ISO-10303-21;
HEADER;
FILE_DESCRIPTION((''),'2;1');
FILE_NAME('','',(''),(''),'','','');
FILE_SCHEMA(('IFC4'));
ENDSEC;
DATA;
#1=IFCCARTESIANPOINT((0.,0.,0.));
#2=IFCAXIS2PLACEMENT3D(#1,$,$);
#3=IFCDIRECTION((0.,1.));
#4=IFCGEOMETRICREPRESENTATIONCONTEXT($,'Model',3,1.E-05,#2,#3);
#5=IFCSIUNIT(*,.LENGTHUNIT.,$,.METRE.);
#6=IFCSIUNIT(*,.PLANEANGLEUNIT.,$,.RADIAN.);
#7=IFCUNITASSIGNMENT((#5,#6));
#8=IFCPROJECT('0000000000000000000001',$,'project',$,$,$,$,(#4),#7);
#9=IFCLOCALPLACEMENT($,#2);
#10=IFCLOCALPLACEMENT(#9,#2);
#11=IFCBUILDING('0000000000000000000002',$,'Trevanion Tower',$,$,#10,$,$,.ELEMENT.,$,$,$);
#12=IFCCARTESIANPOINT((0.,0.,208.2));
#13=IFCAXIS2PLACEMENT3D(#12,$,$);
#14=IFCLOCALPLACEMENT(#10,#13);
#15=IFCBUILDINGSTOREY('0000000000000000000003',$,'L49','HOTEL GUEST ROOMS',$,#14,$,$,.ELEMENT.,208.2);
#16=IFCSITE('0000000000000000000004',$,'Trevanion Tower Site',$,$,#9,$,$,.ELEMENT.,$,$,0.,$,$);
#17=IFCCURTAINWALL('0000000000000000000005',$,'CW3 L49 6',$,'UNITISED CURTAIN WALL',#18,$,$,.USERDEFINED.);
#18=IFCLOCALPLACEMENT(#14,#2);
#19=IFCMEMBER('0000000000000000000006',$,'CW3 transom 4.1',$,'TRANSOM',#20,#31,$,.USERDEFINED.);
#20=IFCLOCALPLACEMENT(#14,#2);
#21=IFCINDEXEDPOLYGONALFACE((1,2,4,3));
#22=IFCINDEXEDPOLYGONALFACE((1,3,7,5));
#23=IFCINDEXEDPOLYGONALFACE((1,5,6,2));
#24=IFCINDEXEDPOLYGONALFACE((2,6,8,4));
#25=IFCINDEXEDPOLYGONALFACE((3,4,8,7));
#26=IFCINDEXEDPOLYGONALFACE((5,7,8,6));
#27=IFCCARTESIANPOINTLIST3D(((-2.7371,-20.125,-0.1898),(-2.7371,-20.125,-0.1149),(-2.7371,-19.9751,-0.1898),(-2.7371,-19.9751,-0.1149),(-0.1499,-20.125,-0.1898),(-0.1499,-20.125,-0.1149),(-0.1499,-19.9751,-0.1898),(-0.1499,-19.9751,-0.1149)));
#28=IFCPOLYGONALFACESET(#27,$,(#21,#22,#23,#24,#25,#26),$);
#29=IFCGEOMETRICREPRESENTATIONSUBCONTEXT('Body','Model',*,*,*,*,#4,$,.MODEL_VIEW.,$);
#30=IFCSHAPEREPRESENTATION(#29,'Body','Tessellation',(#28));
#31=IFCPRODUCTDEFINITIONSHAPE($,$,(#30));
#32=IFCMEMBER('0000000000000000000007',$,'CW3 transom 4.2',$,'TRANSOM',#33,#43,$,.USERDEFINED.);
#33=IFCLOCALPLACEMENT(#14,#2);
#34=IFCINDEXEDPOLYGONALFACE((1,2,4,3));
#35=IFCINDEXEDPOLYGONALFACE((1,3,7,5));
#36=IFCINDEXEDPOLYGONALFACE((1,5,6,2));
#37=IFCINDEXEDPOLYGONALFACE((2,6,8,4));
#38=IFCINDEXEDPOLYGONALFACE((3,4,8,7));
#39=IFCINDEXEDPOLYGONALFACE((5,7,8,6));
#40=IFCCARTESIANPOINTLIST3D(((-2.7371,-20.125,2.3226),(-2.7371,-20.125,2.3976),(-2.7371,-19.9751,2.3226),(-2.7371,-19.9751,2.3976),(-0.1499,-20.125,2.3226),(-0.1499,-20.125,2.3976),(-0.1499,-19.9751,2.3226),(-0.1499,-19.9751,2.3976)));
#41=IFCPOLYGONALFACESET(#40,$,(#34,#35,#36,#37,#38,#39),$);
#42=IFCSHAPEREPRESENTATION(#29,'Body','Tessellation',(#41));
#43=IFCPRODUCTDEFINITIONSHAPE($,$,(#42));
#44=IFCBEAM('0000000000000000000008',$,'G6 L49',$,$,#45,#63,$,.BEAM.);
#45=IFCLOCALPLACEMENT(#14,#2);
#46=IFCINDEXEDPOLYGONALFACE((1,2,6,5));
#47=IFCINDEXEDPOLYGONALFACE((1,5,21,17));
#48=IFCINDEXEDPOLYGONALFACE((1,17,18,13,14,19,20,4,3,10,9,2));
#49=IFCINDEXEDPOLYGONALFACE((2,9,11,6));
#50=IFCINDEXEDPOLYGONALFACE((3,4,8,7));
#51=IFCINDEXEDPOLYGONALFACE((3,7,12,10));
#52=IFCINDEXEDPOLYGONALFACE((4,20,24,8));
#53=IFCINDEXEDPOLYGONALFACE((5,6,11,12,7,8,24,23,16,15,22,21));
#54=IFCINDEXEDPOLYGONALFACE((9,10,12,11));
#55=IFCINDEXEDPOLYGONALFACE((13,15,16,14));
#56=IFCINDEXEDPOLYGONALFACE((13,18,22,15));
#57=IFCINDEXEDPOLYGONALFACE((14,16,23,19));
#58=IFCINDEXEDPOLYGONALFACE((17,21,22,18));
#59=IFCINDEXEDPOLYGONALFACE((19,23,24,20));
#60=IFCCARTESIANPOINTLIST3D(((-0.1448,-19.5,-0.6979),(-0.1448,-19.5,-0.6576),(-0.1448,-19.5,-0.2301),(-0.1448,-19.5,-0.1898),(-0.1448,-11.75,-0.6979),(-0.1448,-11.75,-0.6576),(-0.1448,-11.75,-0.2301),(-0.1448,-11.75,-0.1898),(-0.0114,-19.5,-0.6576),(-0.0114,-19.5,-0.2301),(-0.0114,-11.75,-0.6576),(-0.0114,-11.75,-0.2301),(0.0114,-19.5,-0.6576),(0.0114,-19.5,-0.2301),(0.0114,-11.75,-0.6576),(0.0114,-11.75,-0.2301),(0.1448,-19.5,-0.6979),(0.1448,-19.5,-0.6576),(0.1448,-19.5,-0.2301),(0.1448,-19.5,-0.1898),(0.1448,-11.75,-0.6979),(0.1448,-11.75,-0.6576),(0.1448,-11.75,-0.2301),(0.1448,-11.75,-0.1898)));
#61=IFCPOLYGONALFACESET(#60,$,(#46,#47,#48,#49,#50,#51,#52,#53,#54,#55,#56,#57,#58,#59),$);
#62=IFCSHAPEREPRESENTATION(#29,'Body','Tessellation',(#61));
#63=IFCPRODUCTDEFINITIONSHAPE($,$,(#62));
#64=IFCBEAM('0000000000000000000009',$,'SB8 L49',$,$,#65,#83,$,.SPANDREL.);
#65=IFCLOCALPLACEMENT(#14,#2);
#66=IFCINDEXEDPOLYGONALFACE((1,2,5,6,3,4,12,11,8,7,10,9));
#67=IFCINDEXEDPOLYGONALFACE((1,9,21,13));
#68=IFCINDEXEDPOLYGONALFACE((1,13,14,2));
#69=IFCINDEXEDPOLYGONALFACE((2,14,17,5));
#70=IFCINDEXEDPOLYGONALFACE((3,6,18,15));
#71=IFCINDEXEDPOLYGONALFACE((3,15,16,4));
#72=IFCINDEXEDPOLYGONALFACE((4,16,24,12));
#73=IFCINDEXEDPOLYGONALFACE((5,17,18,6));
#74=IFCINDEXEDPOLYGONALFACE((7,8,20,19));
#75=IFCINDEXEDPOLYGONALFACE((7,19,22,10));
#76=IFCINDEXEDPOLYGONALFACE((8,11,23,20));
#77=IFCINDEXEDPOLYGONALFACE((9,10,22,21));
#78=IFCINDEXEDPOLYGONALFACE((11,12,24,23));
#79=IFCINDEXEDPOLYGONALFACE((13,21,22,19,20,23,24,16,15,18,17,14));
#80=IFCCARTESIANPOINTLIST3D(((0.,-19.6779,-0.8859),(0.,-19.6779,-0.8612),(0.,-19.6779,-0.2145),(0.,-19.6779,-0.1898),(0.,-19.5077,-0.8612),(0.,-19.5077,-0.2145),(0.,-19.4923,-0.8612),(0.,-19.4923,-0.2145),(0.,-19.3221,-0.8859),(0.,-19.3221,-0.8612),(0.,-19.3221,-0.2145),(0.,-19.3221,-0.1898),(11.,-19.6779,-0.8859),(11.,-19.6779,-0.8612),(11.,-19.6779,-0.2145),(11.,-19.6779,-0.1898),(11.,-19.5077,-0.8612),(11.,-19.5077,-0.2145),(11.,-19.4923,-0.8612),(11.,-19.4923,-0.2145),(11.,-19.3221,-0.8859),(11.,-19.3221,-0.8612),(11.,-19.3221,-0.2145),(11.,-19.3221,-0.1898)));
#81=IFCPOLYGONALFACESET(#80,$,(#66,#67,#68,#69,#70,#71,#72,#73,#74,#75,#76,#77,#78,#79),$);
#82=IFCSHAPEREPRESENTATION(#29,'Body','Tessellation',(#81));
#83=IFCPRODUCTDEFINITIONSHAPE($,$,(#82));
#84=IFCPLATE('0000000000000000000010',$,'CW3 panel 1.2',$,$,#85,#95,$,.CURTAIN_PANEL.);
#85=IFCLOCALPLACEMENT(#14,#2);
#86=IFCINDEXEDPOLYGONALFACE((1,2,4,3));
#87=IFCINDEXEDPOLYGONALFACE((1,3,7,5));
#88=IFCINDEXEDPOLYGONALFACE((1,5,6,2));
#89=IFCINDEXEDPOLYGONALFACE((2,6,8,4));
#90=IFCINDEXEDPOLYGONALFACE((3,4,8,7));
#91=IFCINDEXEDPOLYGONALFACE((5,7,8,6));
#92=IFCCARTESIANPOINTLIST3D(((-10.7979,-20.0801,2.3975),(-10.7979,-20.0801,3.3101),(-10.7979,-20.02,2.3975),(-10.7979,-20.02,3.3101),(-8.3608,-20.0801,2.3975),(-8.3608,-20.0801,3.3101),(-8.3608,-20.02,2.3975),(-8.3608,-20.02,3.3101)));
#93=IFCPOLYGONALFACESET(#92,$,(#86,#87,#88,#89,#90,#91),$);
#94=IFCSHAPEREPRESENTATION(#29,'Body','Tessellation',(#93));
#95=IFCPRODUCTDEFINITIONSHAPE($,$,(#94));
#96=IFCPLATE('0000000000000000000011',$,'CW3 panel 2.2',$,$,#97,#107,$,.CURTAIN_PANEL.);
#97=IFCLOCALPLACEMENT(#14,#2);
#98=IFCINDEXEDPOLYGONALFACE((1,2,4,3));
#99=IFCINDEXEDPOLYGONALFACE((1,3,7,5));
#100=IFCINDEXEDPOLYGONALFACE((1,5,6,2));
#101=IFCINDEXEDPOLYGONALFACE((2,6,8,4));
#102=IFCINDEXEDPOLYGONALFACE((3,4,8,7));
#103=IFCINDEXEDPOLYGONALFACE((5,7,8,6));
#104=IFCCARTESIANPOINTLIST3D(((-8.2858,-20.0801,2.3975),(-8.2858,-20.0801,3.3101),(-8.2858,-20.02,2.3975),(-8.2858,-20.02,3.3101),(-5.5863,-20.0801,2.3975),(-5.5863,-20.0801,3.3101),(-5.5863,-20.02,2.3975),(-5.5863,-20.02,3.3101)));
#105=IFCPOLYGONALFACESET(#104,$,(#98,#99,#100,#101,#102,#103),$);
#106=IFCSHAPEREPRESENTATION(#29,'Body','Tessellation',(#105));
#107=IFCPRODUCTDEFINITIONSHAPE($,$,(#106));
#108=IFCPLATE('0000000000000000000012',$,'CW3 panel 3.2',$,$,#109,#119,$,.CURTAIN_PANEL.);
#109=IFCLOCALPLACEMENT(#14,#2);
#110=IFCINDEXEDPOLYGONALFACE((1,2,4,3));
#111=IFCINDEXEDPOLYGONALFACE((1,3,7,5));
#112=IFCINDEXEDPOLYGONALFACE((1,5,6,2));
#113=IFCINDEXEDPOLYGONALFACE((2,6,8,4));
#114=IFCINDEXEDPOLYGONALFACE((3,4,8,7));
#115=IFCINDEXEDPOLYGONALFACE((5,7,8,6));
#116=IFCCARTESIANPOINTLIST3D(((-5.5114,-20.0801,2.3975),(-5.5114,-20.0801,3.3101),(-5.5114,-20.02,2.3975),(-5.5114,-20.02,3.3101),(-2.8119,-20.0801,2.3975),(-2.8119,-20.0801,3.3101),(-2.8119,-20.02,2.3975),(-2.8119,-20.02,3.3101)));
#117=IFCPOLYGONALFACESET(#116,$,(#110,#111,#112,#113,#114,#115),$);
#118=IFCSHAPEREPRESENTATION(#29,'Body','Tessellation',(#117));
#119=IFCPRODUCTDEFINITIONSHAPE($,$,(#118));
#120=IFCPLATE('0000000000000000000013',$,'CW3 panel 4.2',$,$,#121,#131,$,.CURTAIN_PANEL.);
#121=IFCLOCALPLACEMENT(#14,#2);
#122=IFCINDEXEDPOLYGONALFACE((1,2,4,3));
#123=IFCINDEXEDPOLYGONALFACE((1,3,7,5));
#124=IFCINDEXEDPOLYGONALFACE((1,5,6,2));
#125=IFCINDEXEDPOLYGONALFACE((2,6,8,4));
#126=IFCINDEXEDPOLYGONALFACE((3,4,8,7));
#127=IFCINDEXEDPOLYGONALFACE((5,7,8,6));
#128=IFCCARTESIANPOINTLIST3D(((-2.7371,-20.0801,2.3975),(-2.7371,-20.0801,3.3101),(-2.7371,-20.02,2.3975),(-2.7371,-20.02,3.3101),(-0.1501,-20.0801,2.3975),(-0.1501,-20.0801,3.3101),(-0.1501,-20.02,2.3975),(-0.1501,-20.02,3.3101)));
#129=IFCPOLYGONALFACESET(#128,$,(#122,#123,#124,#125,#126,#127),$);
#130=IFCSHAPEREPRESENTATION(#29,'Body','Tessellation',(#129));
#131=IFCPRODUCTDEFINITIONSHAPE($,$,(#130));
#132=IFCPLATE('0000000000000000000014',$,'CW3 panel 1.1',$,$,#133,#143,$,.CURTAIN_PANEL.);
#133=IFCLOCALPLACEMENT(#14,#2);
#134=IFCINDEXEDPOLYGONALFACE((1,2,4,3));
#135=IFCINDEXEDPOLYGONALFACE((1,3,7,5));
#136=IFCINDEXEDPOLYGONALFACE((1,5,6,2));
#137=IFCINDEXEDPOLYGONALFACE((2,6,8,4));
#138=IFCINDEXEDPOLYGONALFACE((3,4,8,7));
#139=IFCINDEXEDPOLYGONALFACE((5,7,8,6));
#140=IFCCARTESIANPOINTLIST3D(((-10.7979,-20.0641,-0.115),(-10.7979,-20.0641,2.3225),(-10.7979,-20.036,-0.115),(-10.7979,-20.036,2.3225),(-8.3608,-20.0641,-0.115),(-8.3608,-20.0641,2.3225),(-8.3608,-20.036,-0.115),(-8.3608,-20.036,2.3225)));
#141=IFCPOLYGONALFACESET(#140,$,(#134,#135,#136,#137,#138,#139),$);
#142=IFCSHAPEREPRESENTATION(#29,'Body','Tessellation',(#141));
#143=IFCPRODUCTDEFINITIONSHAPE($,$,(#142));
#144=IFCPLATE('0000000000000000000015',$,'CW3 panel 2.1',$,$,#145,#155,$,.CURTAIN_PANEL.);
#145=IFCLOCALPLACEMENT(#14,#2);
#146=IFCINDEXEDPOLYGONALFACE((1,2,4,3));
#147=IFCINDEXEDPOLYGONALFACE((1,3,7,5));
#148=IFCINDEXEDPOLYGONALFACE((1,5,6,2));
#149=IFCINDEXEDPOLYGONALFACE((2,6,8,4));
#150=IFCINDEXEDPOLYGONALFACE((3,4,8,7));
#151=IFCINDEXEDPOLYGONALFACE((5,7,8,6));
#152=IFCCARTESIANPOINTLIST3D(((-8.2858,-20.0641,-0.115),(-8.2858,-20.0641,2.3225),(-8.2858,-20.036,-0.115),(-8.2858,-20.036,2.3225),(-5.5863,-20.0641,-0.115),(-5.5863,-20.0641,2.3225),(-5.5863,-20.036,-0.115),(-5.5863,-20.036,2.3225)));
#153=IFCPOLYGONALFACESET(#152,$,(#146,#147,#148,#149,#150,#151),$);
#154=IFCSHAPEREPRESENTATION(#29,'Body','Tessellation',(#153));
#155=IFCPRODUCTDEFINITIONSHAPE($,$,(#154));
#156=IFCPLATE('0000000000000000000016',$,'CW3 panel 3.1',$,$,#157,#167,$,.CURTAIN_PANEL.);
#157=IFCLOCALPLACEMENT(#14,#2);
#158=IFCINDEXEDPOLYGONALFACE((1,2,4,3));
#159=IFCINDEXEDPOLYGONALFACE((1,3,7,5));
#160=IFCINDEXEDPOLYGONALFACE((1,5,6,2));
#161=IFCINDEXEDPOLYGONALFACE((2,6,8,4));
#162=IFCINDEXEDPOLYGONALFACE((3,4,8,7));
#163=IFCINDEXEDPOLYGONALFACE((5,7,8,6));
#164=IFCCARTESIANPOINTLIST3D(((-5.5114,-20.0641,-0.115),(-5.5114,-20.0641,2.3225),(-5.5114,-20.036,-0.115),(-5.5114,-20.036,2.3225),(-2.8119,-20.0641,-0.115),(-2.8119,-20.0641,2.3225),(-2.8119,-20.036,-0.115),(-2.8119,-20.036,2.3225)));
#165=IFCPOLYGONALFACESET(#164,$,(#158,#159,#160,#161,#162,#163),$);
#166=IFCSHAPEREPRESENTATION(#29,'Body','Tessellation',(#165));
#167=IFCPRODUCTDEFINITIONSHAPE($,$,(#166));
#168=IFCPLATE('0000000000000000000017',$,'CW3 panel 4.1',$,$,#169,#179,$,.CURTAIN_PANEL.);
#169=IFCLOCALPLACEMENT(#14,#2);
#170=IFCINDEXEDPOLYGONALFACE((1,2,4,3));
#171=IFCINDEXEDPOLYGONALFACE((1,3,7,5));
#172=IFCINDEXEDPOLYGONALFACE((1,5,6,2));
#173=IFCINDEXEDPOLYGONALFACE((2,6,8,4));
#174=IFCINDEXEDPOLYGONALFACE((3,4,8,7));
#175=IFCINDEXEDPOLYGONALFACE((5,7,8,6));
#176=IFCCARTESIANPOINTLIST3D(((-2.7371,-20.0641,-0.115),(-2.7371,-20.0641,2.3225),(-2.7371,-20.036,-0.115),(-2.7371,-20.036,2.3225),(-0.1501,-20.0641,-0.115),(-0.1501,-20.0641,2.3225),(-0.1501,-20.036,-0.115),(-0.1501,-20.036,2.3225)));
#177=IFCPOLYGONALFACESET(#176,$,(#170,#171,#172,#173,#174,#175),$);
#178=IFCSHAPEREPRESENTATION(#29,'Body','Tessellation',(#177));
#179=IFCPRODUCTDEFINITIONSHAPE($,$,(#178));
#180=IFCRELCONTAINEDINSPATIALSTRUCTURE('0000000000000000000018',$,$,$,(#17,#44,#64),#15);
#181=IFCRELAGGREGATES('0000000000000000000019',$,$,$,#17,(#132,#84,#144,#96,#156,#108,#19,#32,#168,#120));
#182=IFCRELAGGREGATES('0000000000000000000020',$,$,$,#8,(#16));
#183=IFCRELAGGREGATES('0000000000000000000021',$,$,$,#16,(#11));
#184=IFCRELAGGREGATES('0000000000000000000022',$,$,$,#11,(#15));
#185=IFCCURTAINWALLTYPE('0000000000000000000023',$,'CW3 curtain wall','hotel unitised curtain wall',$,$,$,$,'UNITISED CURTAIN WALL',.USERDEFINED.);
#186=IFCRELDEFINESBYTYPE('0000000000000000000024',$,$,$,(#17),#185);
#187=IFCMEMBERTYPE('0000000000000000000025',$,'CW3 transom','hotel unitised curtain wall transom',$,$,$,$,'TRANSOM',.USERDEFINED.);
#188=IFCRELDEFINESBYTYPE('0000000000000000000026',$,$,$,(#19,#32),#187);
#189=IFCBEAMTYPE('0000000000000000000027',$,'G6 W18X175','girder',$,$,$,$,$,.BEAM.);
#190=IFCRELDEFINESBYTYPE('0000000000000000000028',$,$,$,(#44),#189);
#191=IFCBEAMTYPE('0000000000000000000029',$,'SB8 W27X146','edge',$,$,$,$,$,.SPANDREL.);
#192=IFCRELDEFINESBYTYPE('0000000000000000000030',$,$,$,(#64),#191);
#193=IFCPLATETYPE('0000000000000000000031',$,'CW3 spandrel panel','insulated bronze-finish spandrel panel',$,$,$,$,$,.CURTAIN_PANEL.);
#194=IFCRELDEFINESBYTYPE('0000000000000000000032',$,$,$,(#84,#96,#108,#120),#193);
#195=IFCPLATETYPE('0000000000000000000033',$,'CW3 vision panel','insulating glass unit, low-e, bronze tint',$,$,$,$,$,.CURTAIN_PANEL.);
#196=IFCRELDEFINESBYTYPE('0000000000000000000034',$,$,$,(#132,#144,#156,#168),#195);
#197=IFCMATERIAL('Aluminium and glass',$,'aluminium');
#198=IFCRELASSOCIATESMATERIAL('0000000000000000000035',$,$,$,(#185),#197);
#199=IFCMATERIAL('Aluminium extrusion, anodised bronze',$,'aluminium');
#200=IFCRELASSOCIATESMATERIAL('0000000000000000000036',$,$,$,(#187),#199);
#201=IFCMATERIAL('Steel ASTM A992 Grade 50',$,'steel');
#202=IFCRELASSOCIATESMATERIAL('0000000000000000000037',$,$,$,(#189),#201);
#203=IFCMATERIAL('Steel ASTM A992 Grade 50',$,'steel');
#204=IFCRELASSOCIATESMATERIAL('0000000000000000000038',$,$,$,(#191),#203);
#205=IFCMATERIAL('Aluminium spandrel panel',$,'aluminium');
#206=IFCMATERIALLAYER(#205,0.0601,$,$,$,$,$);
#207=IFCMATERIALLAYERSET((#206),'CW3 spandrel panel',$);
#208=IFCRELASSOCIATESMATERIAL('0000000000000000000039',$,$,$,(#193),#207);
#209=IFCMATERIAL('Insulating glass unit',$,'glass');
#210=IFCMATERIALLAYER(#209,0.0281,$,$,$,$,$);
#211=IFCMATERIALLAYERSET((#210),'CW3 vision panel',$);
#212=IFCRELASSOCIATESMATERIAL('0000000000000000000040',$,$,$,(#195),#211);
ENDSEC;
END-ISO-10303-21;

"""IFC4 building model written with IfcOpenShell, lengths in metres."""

from ifc_helpers import new_model, si_unit, direction, frame, origin, origin_2d, place, context, subcontext, project, spatial, rectangle, i_section, extrude, material, layer, layer_set, material_profile, profile_set, type_object, element, aggregate, save


model = new_model("IFC4")

# Units and contexts
model_context = context("Model", 3, precision=1e-05, world=origin(), true_north=direction((0.0, 1.0)))
body_context = subcontext(model_context, "Body", "Model", "MODEL_VIEW")
ifc_project = project(units=[si_unit("LENGTHUNIT", "METRE"), si_unit("PLANEANGLEUNIT", "RADIAN")], contexts=[model_context])

# Site, building, storey
site_placement = place(None, origin())
site = spatial("IfcSite", under=ifc_project, at=site_placement, Name="Trevanion Tower Site", CompositionType="ELEMENT", RefElevation=0.0)
building_placement = place(site_placement, origin())
building = spatial("IfcBuilding", under=site, at=building_placement, Name="Trevanion Tower", CompositionType="ELEMENT")
storey_placement = place(building_placement, frame((0.0, 0.0, 208.2)))
storey = spatial("IfcBuildingStorey", under=building, at=storey_placement, Name="L49", Description="HOTEL GUEST ROOMS", CompositionType="ELEMENT", Elevation=208.2)

# Curtain wall, members
ifc_material_1 = material(Name="Aluminium and glass", Category="aluminium")
curtain_wall_type = type_object("IfcCurtainWallType", Name="CW3 curtain wall", Description="hotel unitised curtain wall", ElementType="UNITISED CURTAIN WALL", PredefinedType="USERDEFINED", material=ifc_material_1)
curtain_wall_placement = place(storey_placement, origin())
curtain_wall = element("IfcCurtainWall", 1, at=curtain_wall_placement, inside=storey, type_object=curtain_wall_type, Name="CW3 L49 6", ObjectType="UNITISED CURTAIN WALL", PredefinedType="USERDEFINED")
ifc_material_2 = material(Name="Aluminium extrusion, anodised bronze", Category="aluminium")
ifc_material_profile_1 = material_profile(ifc_material_2, rectangle(XDim=0.1499, YDim=0.075, at=origin_2d()), Name="CW3 transom")
ifc_profile_set_1 = profile_set([ifc_material_profile_1], Name="Aluminium extrusion, anodised bronze")
member_type_1 = type_object("IfcMemberType", Name="CW3 transom", Description="hotel unitised curtain wall transom", ElementType="TRANSOM", PredefinedType="USERDEFINED", material=ifc_profile_set_1)
member_1_placement = place(storey_placement, frame((-2.7371, -20.05, -0.1523), z_axis=(1.0, 0.0, 0.0), x_axis=(0.0, 1.0, 0.0)))
member_1 = element("IfcMember", 2, at=member_1_placement, type_object=member_type_1, Name="CW3 transom 4.1", ObjectType="TRANSOM", PredefinedType="USERDEFINED", context=body_context, shape_type="SweptSolid", body=[
    extrude(rectangle(XDim=0.1499, YDim=0.075, at=origin_2d()), origin(), (0.0, 0.0, 1.0), 2.5872),
])
member_2_placement = place(storey_placement, frame((-2.7371, -20.05, 2.3601), z_axis=(1.0, 0.0, 0.0), x_axis=(0.0, 1.0, 0.0)))
member_2 = element("IfcMember", 3, at=member_2_placement, type_object=member_type_1, Name="CW3 transom 4.2", ObjectType="TRANSOM", PredefinedType="USERDEFINED", context=body_context, shape_type="SweptSolid", body=[
    extrude(rectangle(XDim=0.1499, YDim=0.075, at=origin_2d()), origin(), (0.0, 0.0, 1.0), 2.5872),
])

# Beams
ifc_material_3 = material(Name="Steel ASTM A992 Grade 50", Category="steel")
ifc_material_profile_2 = material_profile(ifc_material_3, i_section(OverallWidth=0.2896, OverallDepth=0.5081, WebThickness=0.0227, FlangeThickness=0.0403, at=origin_2d()), Name="W18X175")
ifc_profile_set_2 = profile_set([ifc_material_profile_2], Name="Steel ASTM A992 Grade 50")
beam_type_1 = type_object("IfcBeamType", Name="G6 W18X175", Description="girder", PredefinedType="BEAM", material=ifc_profile_set_2)
beam_1_placement = place(storey_placement, frame((0.0, -11.75, -0.4438), z_axis=(0.0, -1.0, 0.0), x_axis=(1.0, 0.0, 0.0)))
element("IfcBeam", 4, at=beam_1_placement, inside=storey, type_object=beam_type_1, Name="G6 L49", PredefinedType="BEAM", context=body_context, shape_type="SweptSolid", body=[
    extrude(i_section(OverallWidth=0.2896, OverallDepth=0.5081, WebThickness=0.0227, FlangeThickness=0.0403, at=origin_2d()), origin(), (0.0, 0.0, 1.0), 7.75),
])
ifc_material_4 = material(Name="Steel ASTM A992 Grade 50", Category="steel")
ifc_material_profile_3 = material_profile(ifc_material_4, i_section(OverallWidth=0.3557, OverallDepth=0.696, WebThickness=0.0154, FlangeThickness=0.0247, at=origin_2d()), Name="W27X146")
ifc_profile_set_3 = profile_set([ifc_material_profile_3], Name="Steel ASTM A992 Grade 50")
beam_type_2 = type_object("IfcBeamType", Name="SB8 W27X146", Description="edge", PredefinedType="SPANDREL", material=ifc_profile_set_3)
beam_2_placement = place(storey_placement, frame((0.0, -19.5, -0.5378), z_axis=(1.0, 0.0, 0.0), x_axis=(0.0, 1.0, 0.0)))
element("IfcBeam", 5, at=beam_2_placement, inside=storey, type_object=beam_type_2, Name="SB8 L49", PredefinedType="SPANDREL", context=body_context, shape_type="SweptSolid", body=[
    extrude(i_section(OverallWidth=0.3557, OverallDepth=0.696, WebThickness=0.0154, FlangeThickness=0.0247, at=origin_2d()), origin(), (0.0, 0.0, 1.0), 11.0),
])

# Plates
ifc_material_5 = material(Name="Aluminium spandrel panel", Category="aluminium")
ifc_layer_1 = layer(ifc_material_5, 0.0601)
ifc_layer_set_1 = layer_set([ifc_layer_1], Name="CW3 spandrel panel")
plate_type_1 = type_object("IfcPlateType", Name="CW3 spandrel panel", Description="insulated bronze-finish spandrel panel", PredefinedType="CURTAIN_PANEL", material=ifc_layer_set_1)
plate_1_placement = place(storey_placement, frame((-9.5793, -20.05, 2.3975), z_axis=(0.0, 0.0, 1.0), x_axis=(1.0, 0.0, 0.0)))
plate_1 = element("IfcPlate", 6, at=plate_1_placement, type_object=plate_type_1, Name="CW3 panel 1.2", PredefinedType="CURTAIN_PANEL", context=body_context, shape_type="SweptSolid", body=[
    extrude(rectangle(XDim=2.437, YDim=0.0601, at=origin_2d()), origin(), (0.0, 0.0, 1.0), 0.9126),
])
plate_2_placement = place(storey_placement, frame((-6.936, -20.05, 2.3975), z_axis=(0.0, 0.0, 1.0), x_axis=(1.0, 0.0, 0.0)))
plate_2 = element("IfcPlate", 7, at=plate_2_placement, type_object=plate_type_1, Name="CW3 panel 2.2", PredefinedType="CURTAIN_PANEL", context=body_context, shape_type="SweptSolid", body=[
    extrude(rectangle(XDim=2.6995, YDim=0.0601, at=origin_2d()), origin(), (0.0, 0.0, 1.0), 0.9126),
])
plate_3_placement = place(storey_placement, frame((-4.1616, -20.05, 2.3975), z_axis=(0.0, 0.0, 1.0), x_axis=(1.0, 0.0, 0.0)))
plate_3 = element("IfcPlate", 8, at=plate_3_placement, type_object=plate_type_1, Name="CW3 panel 3.2", PredefinedType="CURTAIN_PANEL", context=body_context, shape_type="SweptSolid", body=[
    extrude(rectangle(XDim=2.6995, YDim=0.0601, at=origin_2d()), origin(), (0.0, 0.0, 1.0), 0.9126),
])
plate_4_placement = place(storey_placement, frame((-1.4436, -20.05, 2.3975), z_axis=(0.0, 0.0, 1.0), x_axis=(1.0, 0.0, 0.0)))
plate_4 = element("IfcPlate", 9, at=plate_4_placement, type_object=plate_type_1, Name="CW3 panel 4.2", PredefinedType="CURTAIN_PANEL", context=body_context, shape_type="SweptSolid", body=[
    extrude(rectangle(XDim=2.5869, YDim=0.0601, at=origin_2d()), origin(), (0.0, 0.0, 1.0), 0.9126),
])
ifc_material_6 = material(Name="Insulating glass unit", Category="glass")
ifc_layer_2 = layer(ifc_material_6, 0.0281)
ifc_layer_set_2 = layer_set([ifc_layer_2], Name="CW3 vision panel")
plate_type_2 = type_object("IfcPlateType", Name="CW3 vision panel", Description="insulating glass unit, low-e, bronze tint", PredefinedType="CURTAIN_PANEL", material=ifc_layer_set_2)
plate_5_placement = place(storey_placement, frame((-9.5793, -20.05, -0.115), z_axis=(0.0, 0.0, 1.0), x_axis=(1.0, 0.0, 0.0)))
plate_5 = element("IfcPlate", 10, at=plate_5_placement, type_object=plate_type_2, Name="CW3 panel 1.1", PredefinedType="CURTAIN_PANEL", context=body_context, shape_type="SweptSolid", body=[
    extrude(rectangle(XDim=2.437, YDim=0.0281, at=origin_2d()), origin(), (0.0, 0.0, 1.0), 2.4375),
])
plate_6_placement = place(storey_placement, frame((-6.936, -20.05, -0.115), z_axis=(0.0, 0.0, 1.0), x_axis=(1.0, 0.0, 0.0)))
plate_6 = element("IfcPlate", 11, at=plate_6_placement, type_object=plate_type_2, Name="CW3 panel 2.1", PredefinedType="CURTAIN_PANEL", context=body_context, shape_type="SweptSolid", body=[
    extrude(rectangle(XDim=2.6995, YDim=0.0281, at=origin_2d()), origin(), (0.0, 0.0, 1.0), 2.4375),
])
plate_7_placement = place(storey_placement, frame((-4.1616, -20.05, -0.115), z_axis=(0.0, 0.0, 1.0), x_axis=(1.0, 0.0, 0.0)))
plate_7 = element("IfcPlate", 12, at=plate_7_placement, type_object=plate_type_2, Name="CW3 panel 3.1", PredefinedType="CURTAIN_PANEL", context=body_context, shape_type="SweptSolid", body=[
    extrude(rectangle(XDim=2.6995, YDim=0.0281, at=origin_2d()), origin(), (0.0, 0.0, 1.0), 2.4375),
])
plate_8_placement = place(storey_placement, frame((-1.4436, -20.05, -0.115), z_axis=(0.0, 0.0, 1.0), x_axis=(1.0, 0.0, 0.0)))
plate_8 = element("IfcPlate", 13, at=plate_8_placement, type_object=plate_type_2, Name="CW3 panel 4.1", PredefinedType="CURTAIN_PANEL", context=body_context, shape_type="SweptSolid", body=[
    extrude(rectangle(XDim=2.5869, YDim=0.0281, at=origin_2d()), origin(), (0.0, 0.0, 1.0), 2.4375),
])
aggregate(curtain_wall, [plate_5, plate_1, plate_6, plate_2, plate_7, plate_3, member_1, member_2, plate_8, plate_4])

save(model, "model.ifc")
